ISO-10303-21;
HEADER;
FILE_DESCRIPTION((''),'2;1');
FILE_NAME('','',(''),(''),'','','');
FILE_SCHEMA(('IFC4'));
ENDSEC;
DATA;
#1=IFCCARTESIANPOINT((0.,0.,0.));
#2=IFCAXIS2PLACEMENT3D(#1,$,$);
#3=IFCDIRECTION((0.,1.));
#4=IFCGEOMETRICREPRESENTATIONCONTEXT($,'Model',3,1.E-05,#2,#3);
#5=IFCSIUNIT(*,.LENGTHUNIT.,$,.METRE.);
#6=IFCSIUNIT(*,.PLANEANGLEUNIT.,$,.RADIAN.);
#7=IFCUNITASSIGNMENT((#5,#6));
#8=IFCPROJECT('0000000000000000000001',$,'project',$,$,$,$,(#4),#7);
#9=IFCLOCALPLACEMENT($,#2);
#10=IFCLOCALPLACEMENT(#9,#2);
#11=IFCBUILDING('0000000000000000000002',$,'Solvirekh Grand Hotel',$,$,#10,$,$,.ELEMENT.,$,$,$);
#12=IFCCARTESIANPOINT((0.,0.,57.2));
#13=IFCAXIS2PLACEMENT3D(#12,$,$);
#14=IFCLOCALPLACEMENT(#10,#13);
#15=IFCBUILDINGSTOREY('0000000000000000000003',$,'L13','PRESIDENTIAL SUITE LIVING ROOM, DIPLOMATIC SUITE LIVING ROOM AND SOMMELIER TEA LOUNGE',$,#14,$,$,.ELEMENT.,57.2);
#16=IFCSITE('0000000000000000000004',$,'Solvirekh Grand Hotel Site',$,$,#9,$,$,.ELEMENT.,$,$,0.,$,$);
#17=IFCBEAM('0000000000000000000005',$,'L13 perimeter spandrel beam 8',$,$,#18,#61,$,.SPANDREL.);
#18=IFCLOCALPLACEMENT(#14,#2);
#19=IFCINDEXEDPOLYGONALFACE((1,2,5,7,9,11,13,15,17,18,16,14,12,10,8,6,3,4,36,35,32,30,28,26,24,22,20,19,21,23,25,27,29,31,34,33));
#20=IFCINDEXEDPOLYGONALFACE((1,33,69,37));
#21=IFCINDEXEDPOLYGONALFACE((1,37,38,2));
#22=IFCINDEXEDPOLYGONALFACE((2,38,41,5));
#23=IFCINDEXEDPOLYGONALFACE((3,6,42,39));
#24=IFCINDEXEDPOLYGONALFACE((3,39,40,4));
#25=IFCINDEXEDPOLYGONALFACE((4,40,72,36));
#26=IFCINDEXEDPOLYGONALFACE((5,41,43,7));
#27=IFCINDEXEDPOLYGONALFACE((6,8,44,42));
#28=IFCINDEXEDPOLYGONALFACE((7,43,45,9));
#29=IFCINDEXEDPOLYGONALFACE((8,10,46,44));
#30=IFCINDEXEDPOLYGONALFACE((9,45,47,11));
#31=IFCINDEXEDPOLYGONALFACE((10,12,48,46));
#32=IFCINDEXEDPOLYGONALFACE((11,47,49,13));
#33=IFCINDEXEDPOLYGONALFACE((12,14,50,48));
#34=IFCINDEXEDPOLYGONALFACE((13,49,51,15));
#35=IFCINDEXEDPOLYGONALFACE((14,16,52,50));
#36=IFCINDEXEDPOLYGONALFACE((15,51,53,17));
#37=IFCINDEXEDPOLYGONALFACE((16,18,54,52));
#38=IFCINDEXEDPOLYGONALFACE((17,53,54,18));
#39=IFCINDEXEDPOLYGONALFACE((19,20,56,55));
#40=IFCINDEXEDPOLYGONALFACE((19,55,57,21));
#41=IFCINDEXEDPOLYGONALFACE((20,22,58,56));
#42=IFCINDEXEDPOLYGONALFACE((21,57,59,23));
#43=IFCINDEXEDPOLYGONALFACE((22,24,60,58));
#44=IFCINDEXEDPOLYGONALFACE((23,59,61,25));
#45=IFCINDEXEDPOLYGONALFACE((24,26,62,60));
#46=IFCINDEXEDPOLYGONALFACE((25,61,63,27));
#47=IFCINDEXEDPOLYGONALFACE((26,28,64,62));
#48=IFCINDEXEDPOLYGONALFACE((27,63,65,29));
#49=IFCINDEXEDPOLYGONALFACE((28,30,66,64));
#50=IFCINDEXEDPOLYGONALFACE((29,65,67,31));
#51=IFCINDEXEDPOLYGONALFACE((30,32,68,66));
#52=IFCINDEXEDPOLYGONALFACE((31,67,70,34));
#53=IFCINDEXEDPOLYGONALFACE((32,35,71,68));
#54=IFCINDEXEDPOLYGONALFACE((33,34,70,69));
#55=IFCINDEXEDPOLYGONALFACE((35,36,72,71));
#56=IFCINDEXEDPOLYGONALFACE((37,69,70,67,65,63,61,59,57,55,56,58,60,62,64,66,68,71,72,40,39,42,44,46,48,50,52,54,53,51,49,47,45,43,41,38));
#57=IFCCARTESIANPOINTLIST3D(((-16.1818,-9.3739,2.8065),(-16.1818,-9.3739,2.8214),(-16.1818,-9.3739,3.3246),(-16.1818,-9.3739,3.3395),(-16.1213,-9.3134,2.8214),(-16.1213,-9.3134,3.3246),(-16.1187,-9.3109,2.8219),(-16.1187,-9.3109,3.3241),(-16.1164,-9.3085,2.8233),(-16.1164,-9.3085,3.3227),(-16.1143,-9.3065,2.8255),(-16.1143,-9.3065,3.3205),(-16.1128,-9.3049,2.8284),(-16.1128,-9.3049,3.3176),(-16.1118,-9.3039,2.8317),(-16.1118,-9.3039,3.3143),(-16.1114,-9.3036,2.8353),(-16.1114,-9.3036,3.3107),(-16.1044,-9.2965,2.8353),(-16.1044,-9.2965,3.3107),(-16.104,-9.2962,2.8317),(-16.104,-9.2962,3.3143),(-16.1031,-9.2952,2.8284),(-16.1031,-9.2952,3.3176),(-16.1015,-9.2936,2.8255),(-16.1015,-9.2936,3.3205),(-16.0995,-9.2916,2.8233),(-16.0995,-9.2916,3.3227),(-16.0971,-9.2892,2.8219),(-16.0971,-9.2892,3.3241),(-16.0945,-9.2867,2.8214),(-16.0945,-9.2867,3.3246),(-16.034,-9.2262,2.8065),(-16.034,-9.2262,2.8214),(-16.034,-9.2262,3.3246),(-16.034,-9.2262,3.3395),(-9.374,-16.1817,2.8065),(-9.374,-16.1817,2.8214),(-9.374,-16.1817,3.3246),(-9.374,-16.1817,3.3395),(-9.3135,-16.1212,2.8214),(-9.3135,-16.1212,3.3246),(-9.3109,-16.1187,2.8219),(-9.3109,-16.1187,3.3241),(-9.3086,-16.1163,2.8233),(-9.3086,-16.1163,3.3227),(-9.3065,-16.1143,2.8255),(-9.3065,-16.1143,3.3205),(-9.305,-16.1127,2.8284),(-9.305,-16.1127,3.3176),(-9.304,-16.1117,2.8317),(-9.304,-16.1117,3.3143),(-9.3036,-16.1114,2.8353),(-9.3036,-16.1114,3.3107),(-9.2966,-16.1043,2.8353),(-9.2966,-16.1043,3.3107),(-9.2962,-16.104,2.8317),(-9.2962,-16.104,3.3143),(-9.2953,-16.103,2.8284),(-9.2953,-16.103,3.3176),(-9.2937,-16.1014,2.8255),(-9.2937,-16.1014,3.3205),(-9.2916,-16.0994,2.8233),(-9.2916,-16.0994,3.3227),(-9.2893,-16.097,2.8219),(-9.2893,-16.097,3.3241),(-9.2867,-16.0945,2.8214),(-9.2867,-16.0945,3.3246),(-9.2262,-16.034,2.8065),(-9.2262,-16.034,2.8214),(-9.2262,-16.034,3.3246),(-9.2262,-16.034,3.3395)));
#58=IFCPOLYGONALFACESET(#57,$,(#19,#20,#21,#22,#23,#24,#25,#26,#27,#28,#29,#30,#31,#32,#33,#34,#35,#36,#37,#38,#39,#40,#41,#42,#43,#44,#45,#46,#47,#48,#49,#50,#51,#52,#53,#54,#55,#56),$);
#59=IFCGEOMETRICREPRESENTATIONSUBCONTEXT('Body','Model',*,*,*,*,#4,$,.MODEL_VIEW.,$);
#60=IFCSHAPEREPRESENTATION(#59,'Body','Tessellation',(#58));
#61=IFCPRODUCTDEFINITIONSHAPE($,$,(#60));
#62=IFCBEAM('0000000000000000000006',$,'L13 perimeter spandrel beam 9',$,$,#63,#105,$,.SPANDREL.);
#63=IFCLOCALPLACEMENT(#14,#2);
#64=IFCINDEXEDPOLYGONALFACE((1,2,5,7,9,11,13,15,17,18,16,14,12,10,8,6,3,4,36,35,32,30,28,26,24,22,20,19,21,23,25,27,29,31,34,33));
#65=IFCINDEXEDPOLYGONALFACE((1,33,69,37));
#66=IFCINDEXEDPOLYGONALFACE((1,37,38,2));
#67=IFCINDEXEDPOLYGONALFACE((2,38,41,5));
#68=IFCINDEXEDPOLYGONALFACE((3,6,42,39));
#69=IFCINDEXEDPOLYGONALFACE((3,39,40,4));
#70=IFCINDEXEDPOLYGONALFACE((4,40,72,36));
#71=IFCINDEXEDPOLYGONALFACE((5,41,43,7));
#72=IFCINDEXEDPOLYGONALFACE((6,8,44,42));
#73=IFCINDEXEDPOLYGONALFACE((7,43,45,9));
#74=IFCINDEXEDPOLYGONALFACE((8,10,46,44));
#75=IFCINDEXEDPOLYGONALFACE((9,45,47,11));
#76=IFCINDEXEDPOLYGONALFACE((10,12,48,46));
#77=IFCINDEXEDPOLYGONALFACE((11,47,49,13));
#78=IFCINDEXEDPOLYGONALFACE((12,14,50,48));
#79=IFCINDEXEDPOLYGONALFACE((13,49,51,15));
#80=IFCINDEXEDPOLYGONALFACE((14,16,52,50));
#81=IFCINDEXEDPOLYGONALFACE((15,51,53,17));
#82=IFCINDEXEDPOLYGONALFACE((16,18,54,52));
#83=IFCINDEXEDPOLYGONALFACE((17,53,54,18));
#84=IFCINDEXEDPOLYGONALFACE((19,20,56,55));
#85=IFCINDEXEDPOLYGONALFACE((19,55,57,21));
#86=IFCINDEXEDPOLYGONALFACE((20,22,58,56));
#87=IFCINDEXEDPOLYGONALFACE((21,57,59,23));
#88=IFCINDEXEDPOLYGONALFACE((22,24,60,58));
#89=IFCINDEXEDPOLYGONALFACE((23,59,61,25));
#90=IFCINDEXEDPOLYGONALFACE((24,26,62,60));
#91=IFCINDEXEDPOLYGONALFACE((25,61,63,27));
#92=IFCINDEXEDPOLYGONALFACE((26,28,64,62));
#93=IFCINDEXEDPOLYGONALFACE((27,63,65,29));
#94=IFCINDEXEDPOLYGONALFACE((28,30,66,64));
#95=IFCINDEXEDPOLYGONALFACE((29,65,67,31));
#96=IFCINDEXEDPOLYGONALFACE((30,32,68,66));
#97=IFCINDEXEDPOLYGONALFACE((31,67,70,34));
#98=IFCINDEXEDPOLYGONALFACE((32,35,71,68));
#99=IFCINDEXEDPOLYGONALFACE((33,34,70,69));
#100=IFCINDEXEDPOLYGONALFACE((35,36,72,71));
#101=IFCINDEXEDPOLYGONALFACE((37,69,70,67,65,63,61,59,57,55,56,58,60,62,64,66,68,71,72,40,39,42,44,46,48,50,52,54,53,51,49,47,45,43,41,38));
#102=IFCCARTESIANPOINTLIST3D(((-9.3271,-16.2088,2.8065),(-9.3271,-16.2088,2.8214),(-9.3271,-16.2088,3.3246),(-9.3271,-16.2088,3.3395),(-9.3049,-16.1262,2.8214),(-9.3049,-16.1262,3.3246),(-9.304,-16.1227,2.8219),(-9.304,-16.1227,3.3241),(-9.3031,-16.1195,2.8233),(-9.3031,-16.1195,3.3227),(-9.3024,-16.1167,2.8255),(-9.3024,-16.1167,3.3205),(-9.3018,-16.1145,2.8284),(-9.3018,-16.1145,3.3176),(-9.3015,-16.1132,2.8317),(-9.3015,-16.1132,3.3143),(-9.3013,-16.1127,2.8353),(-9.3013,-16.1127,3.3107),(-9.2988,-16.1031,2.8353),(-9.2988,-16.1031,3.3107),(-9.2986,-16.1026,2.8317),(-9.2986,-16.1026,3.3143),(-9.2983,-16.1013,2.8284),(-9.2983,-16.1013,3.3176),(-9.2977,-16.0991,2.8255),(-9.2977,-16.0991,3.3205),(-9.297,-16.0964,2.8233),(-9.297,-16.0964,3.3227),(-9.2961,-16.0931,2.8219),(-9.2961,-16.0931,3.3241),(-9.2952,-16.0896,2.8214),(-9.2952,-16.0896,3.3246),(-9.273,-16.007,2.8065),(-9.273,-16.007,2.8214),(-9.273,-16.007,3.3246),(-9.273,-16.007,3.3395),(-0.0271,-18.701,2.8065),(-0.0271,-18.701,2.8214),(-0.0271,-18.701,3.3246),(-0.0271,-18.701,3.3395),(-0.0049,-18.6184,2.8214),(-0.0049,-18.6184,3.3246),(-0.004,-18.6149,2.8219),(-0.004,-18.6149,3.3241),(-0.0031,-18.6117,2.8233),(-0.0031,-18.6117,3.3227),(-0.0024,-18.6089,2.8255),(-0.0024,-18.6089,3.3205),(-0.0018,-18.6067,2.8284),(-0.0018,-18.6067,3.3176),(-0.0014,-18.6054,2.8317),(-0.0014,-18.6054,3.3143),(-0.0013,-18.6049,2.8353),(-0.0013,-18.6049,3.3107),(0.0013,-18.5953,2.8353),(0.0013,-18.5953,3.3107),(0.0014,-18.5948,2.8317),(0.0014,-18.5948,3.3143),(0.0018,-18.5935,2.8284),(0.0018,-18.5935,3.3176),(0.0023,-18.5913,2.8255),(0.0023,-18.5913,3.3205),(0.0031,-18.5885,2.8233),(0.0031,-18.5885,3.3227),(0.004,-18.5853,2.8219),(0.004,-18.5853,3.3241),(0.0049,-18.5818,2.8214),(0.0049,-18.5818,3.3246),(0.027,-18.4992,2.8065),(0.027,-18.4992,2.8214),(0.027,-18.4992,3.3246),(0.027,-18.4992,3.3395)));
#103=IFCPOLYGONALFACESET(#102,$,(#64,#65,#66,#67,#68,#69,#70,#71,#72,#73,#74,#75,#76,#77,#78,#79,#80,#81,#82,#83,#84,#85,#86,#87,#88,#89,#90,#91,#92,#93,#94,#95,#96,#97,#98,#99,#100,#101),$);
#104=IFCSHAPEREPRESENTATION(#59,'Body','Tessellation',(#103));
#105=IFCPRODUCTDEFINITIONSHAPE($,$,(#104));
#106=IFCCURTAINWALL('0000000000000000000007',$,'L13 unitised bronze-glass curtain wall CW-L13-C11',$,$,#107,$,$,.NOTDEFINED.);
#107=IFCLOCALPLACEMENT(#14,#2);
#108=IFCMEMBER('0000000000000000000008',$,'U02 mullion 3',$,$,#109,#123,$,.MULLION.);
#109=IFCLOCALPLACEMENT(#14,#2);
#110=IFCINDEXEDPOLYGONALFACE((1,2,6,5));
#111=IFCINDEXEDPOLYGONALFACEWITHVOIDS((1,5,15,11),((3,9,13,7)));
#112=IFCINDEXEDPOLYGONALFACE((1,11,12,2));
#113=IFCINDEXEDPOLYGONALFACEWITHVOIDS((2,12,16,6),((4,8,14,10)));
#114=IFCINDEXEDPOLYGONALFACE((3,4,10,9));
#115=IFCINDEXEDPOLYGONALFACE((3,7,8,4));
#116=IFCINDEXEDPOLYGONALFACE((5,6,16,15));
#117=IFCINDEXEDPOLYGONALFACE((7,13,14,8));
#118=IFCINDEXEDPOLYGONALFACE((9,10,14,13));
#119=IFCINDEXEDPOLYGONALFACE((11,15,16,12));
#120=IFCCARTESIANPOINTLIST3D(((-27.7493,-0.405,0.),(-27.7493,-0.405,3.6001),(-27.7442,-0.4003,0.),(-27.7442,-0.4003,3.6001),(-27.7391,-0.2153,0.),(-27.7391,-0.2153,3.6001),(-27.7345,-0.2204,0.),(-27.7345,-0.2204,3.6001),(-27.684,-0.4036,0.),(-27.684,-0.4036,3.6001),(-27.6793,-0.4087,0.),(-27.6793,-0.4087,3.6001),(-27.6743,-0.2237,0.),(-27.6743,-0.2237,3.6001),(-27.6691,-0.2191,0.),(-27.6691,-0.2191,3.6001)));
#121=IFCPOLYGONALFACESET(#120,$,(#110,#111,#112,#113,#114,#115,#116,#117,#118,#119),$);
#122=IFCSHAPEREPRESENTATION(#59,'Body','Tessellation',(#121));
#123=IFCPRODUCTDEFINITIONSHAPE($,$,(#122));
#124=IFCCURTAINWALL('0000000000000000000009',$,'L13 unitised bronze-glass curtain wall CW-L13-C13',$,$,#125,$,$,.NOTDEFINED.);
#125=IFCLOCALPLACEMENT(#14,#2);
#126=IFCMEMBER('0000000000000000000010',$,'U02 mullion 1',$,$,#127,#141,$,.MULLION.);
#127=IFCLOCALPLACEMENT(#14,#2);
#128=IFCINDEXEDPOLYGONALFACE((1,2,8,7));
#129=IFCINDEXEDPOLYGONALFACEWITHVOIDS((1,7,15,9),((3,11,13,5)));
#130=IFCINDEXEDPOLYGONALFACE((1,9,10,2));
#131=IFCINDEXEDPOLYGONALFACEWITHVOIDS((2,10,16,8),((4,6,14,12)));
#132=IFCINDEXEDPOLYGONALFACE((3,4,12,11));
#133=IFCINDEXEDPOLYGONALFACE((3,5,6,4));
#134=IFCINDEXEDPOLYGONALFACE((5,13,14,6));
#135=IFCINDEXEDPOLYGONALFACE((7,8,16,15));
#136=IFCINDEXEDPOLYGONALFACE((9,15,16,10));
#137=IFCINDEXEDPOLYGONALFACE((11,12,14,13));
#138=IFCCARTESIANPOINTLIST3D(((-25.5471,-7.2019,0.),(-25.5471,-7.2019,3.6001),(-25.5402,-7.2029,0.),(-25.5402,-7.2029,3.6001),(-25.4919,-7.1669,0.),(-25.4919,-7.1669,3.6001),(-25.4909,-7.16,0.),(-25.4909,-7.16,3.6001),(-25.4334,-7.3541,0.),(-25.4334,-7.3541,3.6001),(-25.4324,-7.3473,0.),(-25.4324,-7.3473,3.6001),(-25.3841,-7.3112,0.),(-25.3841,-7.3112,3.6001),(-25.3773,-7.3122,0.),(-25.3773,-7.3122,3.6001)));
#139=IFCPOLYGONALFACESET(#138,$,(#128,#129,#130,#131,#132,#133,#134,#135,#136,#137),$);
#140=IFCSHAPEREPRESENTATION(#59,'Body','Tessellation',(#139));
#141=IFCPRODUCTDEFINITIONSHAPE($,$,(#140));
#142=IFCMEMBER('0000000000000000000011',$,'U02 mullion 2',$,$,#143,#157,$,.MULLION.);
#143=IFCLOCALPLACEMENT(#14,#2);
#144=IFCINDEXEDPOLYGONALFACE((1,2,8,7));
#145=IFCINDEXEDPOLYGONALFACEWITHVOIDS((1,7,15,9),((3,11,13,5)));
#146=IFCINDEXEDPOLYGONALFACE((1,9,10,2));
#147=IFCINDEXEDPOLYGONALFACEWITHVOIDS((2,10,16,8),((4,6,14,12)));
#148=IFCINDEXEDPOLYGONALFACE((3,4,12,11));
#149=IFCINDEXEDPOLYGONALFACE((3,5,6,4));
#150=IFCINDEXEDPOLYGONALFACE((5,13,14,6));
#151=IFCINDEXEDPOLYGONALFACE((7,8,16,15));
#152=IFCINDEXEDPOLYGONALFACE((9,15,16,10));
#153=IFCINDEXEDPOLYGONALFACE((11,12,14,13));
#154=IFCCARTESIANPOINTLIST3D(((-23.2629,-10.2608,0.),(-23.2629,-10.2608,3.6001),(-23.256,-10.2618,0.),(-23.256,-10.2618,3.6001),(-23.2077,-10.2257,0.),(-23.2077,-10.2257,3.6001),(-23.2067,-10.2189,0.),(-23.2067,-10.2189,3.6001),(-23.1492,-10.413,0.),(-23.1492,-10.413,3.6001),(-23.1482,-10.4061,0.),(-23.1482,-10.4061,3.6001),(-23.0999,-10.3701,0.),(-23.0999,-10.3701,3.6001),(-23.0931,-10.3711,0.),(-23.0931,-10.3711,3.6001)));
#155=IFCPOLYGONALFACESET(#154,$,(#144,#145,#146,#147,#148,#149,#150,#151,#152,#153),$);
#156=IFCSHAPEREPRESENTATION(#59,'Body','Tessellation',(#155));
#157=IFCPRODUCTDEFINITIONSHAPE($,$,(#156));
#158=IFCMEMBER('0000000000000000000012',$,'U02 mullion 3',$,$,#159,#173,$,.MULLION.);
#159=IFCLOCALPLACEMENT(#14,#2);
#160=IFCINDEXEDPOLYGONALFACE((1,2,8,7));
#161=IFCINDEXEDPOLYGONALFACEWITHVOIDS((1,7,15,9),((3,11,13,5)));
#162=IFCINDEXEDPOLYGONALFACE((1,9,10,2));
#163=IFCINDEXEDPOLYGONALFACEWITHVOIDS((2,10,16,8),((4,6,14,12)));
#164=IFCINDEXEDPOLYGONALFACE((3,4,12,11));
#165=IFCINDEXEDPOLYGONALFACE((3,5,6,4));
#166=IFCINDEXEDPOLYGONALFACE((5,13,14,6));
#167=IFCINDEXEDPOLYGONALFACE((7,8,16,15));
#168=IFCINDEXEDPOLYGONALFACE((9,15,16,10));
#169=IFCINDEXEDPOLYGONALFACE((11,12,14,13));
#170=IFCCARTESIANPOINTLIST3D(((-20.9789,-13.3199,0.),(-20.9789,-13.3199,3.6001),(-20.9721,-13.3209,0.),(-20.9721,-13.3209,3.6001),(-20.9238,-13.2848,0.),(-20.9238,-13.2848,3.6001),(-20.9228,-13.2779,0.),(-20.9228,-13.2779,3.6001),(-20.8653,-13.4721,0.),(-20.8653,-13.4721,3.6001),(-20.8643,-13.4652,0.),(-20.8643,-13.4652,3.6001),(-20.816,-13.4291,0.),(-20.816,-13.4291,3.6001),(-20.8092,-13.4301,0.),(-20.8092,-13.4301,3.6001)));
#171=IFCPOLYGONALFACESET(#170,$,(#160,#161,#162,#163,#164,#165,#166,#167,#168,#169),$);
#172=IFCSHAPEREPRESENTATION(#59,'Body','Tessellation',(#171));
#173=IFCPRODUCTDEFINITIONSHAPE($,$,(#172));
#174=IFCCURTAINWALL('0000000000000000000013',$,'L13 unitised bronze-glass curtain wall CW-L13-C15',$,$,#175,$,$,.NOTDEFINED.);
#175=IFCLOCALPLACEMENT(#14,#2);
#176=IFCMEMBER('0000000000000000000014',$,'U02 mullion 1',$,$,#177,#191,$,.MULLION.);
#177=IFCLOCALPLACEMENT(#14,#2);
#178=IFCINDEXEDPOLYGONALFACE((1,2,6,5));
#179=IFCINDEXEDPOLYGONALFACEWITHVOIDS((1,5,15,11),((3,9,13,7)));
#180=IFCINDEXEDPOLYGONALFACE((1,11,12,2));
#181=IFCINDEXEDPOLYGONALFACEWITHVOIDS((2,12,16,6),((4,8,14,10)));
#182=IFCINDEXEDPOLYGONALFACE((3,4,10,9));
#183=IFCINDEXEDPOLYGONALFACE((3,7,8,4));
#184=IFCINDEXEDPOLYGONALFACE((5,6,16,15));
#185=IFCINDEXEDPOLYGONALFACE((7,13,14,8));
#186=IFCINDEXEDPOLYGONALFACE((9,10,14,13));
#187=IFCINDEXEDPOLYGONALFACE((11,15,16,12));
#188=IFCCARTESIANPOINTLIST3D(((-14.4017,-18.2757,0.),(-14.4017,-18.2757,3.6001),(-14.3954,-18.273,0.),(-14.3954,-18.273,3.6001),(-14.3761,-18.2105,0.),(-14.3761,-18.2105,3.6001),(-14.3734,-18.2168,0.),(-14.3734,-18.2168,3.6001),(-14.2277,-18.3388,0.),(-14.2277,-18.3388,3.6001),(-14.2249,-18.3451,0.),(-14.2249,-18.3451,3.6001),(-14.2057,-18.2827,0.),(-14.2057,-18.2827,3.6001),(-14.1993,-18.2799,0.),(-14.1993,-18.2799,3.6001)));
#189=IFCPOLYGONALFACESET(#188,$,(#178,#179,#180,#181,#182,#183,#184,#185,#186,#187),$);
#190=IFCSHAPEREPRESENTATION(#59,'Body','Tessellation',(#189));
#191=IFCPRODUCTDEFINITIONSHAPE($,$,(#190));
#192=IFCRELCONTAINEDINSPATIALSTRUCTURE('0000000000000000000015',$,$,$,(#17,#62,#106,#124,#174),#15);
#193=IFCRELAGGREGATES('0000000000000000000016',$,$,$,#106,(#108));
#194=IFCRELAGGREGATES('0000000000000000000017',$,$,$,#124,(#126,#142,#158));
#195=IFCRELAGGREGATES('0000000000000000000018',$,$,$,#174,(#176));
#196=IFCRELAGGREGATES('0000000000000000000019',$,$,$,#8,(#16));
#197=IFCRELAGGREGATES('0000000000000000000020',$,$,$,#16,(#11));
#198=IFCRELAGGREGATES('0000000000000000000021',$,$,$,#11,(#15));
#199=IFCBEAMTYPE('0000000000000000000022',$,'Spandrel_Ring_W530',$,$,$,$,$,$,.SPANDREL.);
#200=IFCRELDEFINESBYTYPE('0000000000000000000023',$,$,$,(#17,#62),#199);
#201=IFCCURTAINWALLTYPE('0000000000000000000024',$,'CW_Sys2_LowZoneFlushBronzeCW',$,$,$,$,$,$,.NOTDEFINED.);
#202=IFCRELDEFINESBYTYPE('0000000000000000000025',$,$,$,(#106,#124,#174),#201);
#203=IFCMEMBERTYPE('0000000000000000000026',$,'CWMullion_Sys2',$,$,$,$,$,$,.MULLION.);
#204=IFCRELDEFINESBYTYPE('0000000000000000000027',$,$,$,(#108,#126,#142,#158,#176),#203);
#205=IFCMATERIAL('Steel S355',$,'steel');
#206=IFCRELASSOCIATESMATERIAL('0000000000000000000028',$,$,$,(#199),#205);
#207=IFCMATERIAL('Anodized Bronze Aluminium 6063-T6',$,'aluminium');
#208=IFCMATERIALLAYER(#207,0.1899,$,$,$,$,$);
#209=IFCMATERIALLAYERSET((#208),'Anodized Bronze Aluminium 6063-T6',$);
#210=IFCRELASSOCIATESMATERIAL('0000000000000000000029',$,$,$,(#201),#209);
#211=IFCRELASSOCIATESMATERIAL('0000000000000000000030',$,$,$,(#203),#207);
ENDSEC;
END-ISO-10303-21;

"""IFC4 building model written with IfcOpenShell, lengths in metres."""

from ifc_helpers import new_model, si_unit, direction, frame, origin, origin_2d, place, context, subcontext, project, spatial, hollow_rectangle, i_section, extrude, source, transform, mapped, material, layer, layer_set, material_profile, profile_set, type_object, element, aggregate, save


model = new_model("IFC4")

# Units and contexts
model_context = context("Model", 3, precision=1e-05, world=origin(), true_north=direction((0.0, 1.0)))
body_context = subcontext(model_context, "Body", "Model", "MODEL_VIEW")
ifc_project = project(units=[si_unit("LENGTHUNIT", "METRE"), si_unit("PLANEANGLEUNIT", "RADIAN")], contexts=[model_context])

# Site, building, storey
site_placement = place(None, origin())
site = spatial("IfcSite", under=ifc_project, at=site_placement, Name="Solvirekh Grand Hotel Site", CompositionType="ELEMENT", RefElevation=0.0)
building_placement = place(site_placement, origin())
building = spatial("IfcBuilding", under=site, at=building_placement, Name="Solvirekh Grand Hotel", CompositionType="ELEMENT")
storey_placement = place(building_placement, frame((0.0, 0.0, 57.2)))
storey = spatial("IfcBuildingStorey", under=building, at=storey_placement, Name="L13", Description="PRESIDENTIAL SUITE LIVING ROOM, DIPLOMATIC SUITE LIVING ROOM AND SOMMELIER TEA LOUNGE", CompositionType="ELEMENT", Elevation=57.2)

# Beams
ifc_material_1 = material(Name="Steel S355", Category="steel")
ifc_material_profile_1 = material_profile(ifc_material_1, i_section(OverallWidth=0.209, OverallDepth=0.533, WebThickness=0.01, FlangeThickness=0.0149, FilletRadius=0.0139, at=origin_2d()), Name="W530X92")
ifc_profile_set_1 = profile_set([ifc_material_profile_1], Name="Steel S355")
beam_type_1 = type_object("IfcBeamType", Name="Spandrel_Ring_W530", PredefinedType="SPANDREL", material=ifc_profile_set_1)
beam_1_placement = place(storey_placement, frame((-16.1079, -9.3, 3.073), z_axis=(0.707107, -0.707107, 0.0), x_axis=(0.707107, 0.707107, 0.0)))
element("IfcBeam", 1, at=beam_1_placement, inside=storey, type_object=beam_type_1, Name="L13 perimeter spandrel beam 8", PredefinedType="SPANDREL", context=body_context, shape_type="SweptSolid", body=[
    extrude(i_section(OverallWidth=0.209, OverallDepth=0.533, WebThickness=0.01, FlangeThickness=0.0149, FilletRadius=0.0139, at=origin_2d()), origin(), (0.0, 0.0, 1.0), 9.6277),
])
beam_2_placement = place(storey_placement, frame((-9.3, -16.1079, 3.073), z_axis=(0.965919, -0.258843, 0.0), x_axis=(0.258843, 0.965919, 0.0)))
element("IfcBeam", 2, at=beam_2_placement, inside=storey, type_object=beam_type_1, Name="L13 perimeter spandrel beam 9", PredefinedType="SPANDREL", context=body_context, shape_type="SweptSolid", body=[
    extrude(i_section(OverallWidth=0.209, OverallDepth=0.533, WebThickness=0.01, FlangeThickness=0.0149, FilletRadius=0.0139, at=origin_2d()), origin(), (0.0, 0.0, 1.0), 9.6282),
])

# Curtain wall, member
ifc_material_2 = material(Name="Anodized Bronze Aluminium 6063-T6", Category="aluminium")
ifc_layer_1 = layer(ifc_material_2, 0.1899)
ifc_layer_set_1 = layer_set([ifc_layer_1], Name="Anodized Bronze Aluminium 6063-T6")
curtain_wall_type = type_object("IfcCurtainWallType", Name="CW_Sys2_LowZoneFlushBronzeCW", PredefinedType="NOTDEFINED", material=ifc_layer_set_1)
curtain_wall_1_placement = place(storey_placement, origin())
curtain_wall_1 = element("IfcCurtainWall", 3, at=curtain_wall_1_placement, inside=storey, type_object=curtain_wall_type, Name="L13 unitised bronze-glass curtain wall CW-L13-C11", PredefinedType="NOTDEFINED")
ifc_material_profile_2 = material_profile(ifc_material_2, hollow_rectangle(XDim=0.0701, YDim=0.1899, WallThickness=0.0049, at=origin_2d()), Name="ALU RHS 190X70X5")
ifc_profile_set_2 = profile_set([ifc_material_profile_2], Name="Anodized Bronze Aluminium 6063-T6")
member_type_1 = type_object("IfcMemberType", Name="CWMullion_Sys2", PredefinedType="MULLION", material=ifc_profile_set_2)
shared_shape_1 = source(origin(), body_context, "Body", "SweptSolid", [
    extrude(hollow_rectangle(XDim=0.0701, YDim=0.1899, WallThickness=0.0049, at=origin_2d()), origin(), (0.0, 0.0, 1.0), 3.6001),
])
member_1_placement = place(storey_placement, frame((-27.7092, -0.312, 0.0), z_axis=(0.0, 0.0, 1.0), x_axis=(0.998556, -0.053718, 0.0)))
member_1 = element("IfcMember", 4, at=member_1_placement, type_object=member_type_1, Name="U02 mullion 3", PredefinedType="MULLION", context=body_context, shape_type="MappedRepresentation", body=[
    mapped(shared_shape_1, transform((0.0, 0.0, 0.0), x_axis=(1.0, 0.0, 0.0), y_axis=(0.0, 1.0, 0.0), z_axis=(0.0, 0.0, 1.0), scale=1.0)),
])
aggregate(curtain_wall_1, [member_1])

# Curtain walls, members
curtain_wall_2_placement = place(storey_placement, origin())
curtain_wall_2 = element("IfcCurtainWall", 5, at=curtain_wall_2_placement, inside=storey, type_object=curtain_wall_type, Name="L13 unitised bronze-glass curtain wall CW-L13-C13", PredefinedType="NOTDEFINED")
member_2_placement = place(storey_placement, frame((-25.4622, -7.2571, 0.0), z_axis=(0.0, 0.0, 1.0), x_axis=(0.801275, 0.598296, 0.0)))
member_2 = element("IfcMember", 6, at=member_2_placement, type_object=member_type_1, Name="U02 mullion 1", PredefinedType="MULLION", context=body_context, shape_type="MappedRepresentation", body=[
    mapped(shared_shape_1, transform((0.0, 0.0, 0.0), x_axis=(1.0, 0.0, 0.0), y_axis=(0.0, 1.0, 0.0), z_axis=(0.0, 0.0, 1.0), scale=1.0)),
])
member_3_placement = place(storey_placement, frame((-23.178, -10.3159, 0.0), z_axis=(0.0, 0.0, 1.0), x_axis=(0.801275, 0.598296, 0.0)))
member_3 = element("IfcMember", 7, at=member_3_placement, type_object=member_type_1, Name="U02 mullion 2", PredefinedType="MULLION", context=body_context, shape_type="MappedRepresentation", body=[
    mapped(shared_shape_1, transform((0.0, 0.0, 0.0), x_axis=(1.0, 0.0, 0.0), y_axis=(0.0, 1.0, 0.0), z_axis=(0.0, 0.0, 1.0), scale=1.0)),
])
member_4_placement = place(storey_placement, frame((-20.894, -13.375, 0.0), z_axis=(0.0, 0.0, 1.0), x_axis=(0.801275, 0.598296, 0.0)))
member_4 = element("IfcMember", 8, at=member_4_placement, type_object=member_type_1, Name="U02 mullion 3", PredefinedType="MULLION", context=body_context, shape_type="MappedRepresentation", body=[
    mapped(shared_shape_1, transform((0.0, 0.0, 0.0), x_axis=(1.0, 0.0, 0.0), y_axis=(0.0, 1.0, 0.0), z_axis=(0.0, 0.0, 1.0), scale=1.0)),
])
curtain_wall_3_placement = place(storey_placement, origin())
curtain_wall_3 = element("IfcCurtainWall", 9, at=curtain_wall_3_placement, inside=storey, type_object=curtain_wall_type, Name="L13 unitised bronze-glass curtain wall CW-L13-C15", PredefinedType="NOTDEFINED")
member_5_placement = place(storey_placement, frame((-14.3005, -18.2778, 0.0), z_axis=(0.0, 0.0, 1.0), x_axis=(0.365399, 0.930851, 0.0)))
member_5 = element("IfcMember", 10, at=member_5_placement, type_object=member_type_1, Name="U02 mullion 1", PredefinedType="MULLION", context=body_context, shape_type="MappedRepresentation", body=[
    mapped(shared_shape_1, transform((0.0, 0.0, 0.0), x_axis=(1.0, 0.0, 0.0), y_axis=(0.0, 1.0, 0.0), z_axis=(0.0, 0.0, 1.0), scale=1.0)),
])

aggregate(curtain_wall_2, [member_2, member_3, member_4])
aggregate(curtain_wall_3, [member_5])

save(model, "model.ifc")
